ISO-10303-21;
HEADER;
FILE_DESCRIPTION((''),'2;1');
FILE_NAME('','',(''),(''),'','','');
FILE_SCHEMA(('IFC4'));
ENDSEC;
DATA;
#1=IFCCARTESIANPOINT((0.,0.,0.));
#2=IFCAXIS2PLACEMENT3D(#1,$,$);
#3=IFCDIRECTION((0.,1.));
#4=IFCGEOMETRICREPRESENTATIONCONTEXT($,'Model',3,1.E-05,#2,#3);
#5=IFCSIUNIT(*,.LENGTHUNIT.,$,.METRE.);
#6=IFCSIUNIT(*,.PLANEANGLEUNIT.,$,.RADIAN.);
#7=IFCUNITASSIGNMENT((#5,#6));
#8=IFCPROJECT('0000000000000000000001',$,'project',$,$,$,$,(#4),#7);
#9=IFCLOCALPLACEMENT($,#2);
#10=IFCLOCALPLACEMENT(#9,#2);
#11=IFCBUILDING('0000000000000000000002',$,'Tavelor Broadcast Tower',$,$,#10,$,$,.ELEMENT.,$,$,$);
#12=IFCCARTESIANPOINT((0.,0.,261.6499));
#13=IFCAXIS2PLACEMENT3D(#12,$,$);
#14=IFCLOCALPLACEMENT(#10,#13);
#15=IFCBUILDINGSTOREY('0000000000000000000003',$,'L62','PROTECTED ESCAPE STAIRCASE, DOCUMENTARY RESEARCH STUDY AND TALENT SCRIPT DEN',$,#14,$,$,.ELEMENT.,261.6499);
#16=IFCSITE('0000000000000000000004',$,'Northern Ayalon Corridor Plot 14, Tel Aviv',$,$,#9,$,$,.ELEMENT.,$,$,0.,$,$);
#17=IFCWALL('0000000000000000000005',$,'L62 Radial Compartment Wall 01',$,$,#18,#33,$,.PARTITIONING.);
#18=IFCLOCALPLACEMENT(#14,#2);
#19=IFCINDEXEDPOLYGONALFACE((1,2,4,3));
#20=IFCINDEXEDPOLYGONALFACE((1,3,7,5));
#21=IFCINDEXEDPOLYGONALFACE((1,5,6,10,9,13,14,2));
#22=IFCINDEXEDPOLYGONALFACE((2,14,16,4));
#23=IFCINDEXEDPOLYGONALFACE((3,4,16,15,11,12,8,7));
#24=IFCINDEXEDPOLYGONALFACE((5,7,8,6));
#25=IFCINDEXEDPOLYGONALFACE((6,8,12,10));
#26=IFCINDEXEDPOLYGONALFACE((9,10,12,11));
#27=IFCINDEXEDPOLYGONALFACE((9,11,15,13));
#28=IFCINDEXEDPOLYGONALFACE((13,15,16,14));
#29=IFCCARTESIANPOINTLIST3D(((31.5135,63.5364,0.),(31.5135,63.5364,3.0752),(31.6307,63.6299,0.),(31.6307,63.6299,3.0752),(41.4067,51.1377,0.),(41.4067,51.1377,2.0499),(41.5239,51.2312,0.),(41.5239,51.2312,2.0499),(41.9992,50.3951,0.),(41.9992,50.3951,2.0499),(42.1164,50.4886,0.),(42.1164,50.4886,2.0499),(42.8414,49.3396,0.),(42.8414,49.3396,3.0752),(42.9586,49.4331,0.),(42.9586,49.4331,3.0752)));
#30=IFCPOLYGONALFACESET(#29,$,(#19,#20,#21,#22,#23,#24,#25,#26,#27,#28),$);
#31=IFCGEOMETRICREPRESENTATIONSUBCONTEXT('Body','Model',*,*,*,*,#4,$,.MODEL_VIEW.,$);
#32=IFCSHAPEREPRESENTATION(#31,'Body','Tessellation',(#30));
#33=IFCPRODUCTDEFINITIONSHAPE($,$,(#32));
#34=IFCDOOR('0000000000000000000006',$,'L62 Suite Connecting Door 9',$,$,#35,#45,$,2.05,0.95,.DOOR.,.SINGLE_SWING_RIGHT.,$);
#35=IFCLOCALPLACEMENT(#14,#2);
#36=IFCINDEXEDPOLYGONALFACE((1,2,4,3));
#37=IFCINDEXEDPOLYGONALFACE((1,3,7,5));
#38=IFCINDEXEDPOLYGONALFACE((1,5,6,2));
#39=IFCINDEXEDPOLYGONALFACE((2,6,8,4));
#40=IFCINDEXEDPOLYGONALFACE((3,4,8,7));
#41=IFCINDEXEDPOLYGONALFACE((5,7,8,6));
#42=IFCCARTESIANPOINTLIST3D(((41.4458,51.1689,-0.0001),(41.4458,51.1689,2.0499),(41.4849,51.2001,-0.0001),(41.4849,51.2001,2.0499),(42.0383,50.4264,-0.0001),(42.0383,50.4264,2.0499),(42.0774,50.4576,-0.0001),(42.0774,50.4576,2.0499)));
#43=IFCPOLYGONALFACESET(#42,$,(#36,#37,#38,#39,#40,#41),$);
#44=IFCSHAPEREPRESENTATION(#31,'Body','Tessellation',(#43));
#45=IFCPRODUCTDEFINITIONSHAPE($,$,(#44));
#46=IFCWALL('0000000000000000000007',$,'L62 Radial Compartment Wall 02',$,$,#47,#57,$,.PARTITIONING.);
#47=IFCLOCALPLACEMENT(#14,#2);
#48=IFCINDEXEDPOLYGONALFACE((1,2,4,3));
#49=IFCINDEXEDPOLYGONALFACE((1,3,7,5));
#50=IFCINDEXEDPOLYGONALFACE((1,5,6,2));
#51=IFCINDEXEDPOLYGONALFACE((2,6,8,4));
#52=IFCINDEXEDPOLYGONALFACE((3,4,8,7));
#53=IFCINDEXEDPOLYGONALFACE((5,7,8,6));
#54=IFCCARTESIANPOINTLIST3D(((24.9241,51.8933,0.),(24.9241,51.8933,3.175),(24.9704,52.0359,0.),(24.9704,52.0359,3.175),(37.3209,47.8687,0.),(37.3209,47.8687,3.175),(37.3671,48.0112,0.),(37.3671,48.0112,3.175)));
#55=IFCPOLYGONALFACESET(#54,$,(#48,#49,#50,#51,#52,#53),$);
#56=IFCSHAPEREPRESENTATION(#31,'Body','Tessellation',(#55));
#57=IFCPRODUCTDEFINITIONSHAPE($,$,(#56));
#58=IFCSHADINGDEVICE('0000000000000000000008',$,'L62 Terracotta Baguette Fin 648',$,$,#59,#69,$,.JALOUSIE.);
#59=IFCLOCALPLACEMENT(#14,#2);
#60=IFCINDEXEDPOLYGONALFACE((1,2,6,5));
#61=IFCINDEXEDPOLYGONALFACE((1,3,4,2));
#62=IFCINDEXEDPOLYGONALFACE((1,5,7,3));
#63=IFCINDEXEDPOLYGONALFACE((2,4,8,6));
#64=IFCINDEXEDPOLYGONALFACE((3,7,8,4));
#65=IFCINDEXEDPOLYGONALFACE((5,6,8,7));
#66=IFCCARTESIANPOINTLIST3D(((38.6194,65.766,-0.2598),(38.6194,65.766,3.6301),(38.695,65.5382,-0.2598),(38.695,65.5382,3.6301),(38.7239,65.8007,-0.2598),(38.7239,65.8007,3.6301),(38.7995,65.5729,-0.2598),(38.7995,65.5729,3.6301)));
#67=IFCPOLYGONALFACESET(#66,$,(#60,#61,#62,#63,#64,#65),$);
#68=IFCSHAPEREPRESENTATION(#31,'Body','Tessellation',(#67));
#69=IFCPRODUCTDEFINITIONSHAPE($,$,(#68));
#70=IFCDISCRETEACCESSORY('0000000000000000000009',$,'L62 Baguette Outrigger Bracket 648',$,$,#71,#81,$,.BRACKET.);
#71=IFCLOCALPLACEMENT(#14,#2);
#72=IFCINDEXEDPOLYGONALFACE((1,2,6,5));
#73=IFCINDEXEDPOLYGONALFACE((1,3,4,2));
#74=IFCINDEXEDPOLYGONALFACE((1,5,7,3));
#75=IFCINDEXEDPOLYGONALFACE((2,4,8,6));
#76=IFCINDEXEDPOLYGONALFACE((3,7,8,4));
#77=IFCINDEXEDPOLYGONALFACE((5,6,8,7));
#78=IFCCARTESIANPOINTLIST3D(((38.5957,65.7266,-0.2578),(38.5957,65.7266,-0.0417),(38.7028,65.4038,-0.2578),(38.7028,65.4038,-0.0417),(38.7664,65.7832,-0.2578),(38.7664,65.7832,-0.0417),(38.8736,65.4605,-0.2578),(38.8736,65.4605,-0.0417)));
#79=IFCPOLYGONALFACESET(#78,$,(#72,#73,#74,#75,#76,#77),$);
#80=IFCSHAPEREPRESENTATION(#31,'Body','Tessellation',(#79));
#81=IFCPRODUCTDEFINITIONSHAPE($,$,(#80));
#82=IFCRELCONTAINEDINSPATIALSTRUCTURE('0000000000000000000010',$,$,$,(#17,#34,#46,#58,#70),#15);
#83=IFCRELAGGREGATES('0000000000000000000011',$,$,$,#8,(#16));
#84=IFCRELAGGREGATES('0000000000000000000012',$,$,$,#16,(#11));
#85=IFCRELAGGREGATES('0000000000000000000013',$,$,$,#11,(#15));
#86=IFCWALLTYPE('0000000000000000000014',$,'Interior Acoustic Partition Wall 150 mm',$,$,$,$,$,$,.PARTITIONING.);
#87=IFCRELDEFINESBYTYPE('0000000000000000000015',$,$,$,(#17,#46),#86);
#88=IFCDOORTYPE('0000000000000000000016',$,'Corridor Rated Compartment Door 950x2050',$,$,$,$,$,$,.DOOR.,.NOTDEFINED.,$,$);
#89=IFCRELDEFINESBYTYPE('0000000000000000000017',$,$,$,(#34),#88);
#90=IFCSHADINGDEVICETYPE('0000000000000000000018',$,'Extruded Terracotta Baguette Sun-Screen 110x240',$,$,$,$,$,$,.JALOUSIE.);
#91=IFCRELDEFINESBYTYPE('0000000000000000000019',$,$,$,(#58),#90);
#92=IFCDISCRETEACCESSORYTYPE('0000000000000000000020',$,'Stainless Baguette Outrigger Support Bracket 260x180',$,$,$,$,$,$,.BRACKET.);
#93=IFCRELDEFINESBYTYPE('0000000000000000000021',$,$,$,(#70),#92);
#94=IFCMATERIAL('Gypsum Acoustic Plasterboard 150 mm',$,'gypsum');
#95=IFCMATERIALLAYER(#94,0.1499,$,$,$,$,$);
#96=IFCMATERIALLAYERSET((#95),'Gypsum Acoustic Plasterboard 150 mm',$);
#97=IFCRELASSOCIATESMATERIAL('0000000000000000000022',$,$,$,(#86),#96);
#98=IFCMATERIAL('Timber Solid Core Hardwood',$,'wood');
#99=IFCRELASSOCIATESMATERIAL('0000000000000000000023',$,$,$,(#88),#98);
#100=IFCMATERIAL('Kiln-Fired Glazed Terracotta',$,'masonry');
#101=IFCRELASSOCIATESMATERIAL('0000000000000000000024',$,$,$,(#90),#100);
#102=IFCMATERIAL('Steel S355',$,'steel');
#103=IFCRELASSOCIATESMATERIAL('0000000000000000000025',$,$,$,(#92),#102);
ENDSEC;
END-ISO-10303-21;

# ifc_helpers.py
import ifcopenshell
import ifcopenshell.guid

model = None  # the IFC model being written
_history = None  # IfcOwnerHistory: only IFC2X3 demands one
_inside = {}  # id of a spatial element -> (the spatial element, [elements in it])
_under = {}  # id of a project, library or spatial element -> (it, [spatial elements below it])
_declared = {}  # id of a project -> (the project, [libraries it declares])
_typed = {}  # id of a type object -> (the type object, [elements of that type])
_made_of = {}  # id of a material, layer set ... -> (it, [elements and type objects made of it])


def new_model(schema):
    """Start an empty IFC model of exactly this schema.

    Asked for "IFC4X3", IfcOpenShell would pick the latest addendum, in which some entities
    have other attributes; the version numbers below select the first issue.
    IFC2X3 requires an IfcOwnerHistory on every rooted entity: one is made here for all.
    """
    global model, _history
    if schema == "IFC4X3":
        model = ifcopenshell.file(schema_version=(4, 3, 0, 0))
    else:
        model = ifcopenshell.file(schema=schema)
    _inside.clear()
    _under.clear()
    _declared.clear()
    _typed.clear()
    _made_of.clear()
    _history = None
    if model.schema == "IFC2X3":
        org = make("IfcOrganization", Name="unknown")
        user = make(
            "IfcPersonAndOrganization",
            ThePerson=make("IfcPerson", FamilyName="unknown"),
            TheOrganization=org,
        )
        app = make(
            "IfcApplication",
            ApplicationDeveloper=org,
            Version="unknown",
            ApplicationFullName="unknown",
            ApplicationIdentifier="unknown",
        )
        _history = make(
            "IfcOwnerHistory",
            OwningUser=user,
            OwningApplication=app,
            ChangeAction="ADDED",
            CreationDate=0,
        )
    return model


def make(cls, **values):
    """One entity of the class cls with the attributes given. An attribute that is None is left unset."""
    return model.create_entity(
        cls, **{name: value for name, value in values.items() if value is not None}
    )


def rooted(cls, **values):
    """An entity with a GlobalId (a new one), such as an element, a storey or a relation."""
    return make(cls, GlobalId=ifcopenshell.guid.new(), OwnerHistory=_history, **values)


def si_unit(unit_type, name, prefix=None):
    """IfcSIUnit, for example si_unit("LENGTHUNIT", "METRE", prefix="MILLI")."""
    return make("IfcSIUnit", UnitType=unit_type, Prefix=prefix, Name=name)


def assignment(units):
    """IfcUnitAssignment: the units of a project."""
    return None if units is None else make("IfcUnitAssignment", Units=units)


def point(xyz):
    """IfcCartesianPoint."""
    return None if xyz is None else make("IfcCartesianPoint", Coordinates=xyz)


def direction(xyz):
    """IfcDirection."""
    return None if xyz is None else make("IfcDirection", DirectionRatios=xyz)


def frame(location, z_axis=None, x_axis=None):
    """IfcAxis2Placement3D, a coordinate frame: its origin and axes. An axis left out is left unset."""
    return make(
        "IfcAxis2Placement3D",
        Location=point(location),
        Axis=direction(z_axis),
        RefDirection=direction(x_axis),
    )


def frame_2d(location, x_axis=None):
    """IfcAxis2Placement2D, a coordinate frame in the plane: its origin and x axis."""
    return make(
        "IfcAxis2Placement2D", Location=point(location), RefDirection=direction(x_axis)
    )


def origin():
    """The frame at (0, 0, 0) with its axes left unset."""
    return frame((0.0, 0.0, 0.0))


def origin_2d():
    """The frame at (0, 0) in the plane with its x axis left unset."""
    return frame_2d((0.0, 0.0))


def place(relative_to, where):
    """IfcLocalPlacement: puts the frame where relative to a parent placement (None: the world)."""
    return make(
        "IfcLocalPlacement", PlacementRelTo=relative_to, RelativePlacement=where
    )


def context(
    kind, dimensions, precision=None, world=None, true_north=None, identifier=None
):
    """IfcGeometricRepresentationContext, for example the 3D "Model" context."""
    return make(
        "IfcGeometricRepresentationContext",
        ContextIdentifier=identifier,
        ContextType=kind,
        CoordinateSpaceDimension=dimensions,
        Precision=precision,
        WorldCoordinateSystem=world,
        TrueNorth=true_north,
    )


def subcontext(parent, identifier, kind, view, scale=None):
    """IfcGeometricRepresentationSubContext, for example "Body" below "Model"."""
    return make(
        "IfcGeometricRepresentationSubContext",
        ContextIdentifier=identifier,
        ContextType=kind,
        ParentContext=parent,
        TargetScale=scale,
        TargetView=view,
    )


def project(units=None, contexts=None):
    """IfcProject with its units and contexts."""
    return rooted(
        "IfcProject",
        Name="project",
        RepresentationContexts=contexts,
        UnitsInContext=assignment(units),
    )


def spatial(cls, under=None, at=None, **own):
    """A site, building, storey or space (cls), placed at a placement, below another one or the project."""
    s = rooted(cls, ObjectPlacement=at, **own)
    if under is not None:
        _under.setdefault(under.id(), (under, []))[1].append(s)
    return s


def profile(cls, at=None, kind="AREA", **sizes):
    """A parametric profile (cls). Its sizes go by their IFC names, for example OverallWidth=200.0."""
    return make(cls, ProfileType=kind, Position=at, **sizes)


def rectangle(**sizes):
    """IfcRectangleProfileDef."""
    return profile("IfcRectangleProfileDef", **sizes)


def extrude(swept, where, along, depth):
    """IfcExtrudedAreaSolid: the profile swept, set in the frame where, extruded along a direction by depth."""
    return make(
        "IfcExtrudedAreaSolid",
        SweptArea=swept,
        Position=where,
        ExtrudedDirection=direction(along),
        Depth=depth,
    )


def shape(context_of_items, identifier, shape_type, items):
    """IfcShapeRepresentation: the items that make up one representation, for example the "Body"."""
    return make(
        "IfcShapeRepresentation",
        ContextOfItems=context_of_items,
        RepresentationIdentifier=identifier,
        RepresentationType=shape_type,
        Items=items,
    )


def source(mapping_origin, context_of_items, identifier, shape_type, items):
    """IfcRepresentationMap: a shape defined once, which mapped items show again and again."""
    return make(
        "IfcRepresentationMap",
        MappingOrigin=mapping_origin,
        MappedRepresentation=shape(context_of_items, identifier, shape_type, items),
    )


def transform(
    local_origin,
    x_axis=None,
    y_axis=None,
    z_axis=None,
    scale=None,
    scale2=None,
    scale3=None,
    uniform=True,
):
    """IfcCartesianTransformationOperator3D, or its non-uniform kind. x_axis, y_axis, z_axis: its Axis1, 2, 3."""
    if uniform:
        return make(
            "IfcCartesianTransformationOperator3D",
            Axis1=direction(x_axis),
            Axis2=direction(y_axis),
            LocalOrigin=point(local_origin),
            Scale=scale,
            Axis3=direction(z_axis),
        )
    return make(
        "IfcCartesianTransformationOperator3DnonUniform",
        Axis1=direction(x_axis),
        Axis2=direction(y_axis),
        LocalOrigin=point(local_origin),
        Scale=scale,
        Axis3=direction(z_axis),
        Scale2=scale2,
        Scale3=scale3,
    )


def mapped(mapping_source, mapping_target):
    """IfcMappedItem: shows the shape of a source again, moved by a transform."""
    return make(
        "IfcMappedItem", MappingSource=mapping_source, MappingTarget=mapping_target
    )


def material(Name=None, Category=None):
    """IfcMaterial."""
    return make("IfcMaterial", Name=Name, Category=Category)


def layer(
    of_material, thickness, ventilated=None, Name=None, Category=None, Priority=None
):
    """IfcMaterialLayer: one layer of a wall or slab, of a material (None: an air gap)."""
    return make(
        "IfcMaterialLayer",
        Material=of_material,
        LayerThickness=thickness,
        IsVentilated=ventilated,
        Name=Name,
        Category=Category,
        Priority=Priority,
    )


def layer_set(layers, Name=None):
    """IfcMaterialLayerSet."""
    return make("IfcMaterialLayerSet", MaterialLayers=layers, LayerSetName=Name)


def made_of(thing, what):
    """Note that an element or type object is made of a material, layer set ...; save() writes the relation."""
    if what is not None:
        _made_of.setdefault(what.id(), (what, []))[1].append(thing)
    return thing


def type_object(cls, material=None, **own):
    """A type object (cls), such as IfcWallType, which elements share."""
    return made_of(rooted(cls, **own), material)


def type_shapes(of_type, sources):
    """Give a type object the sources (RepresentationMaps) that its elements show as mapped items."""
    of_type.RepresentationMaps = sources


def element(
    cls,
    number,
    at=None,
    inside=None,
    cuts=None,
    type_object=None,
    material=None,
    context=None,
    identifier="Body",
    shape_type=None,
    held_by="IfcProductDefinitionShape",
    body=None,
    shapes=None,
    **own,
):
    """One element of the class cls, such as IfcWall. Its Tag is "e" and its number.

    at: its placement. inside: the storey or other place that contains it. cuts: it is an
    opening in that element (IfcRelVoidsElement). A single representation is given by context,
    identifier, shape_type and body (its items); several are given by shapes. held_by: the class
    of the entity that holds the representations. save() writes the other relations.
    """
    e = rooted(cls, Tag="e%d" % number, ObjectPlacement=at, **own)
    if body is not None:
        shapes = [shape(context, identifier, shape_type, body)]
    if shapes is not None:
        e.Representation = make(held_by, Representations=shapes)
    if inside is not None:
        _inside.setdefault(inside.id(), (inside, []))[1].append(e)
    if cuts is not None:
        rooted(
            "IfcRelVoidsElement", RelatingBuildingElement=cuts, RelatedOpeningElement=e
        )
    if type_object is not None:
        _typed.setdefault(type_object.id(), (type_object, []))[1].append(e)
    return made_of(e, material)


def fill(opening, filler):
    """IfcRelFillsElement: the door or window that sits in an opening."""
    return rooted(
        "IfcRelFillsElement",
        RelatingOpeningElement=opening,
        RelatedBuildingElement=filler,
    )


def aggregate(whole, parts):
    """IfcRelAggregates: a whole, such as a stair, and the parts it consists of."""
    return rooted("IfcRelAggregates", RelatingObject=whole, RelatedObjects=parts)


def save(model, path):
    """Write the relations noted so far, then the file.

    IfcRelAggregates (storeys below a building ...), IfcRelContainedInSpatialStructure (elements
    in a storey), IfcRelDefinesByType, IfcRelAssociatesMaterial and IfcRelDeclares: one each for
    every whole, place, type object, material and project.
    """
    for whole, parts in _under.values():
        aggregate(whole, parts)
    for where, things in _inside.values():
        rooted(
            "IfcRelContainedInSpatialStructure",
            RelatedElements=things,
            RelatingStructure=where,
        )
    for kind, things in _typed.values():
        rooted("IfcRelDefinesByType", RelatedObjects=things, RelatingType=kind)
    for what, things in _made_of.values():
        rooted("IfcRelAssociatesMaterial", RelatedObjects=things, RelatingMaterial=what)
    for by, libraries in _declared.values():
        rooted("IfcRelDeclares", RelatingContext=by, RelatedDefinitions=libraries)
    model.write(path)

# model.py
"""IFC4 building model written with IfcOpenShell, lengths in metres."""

from ifc_helpers import new_model, si_unit, direction, frame, frame_2d, origin, origin_2d, place, context, subcontext, project, spatial, rectangle, extrude, source, transform, mapped, material, layer, layer_set, type_object, type_shapes, element, fill, save


model = new_model("IFC4")

# Units and contexts
model_context = context("Model", 3, precision=1e-05, world=origin(), true_north=direction((0.0, 1.0)))
body_context = subcontext(model_context, "Body", "Model", "MODEL_VIEW")
ifc_project = project(units=[si_unit("LENGTHUNIT", "METRE"), si_unit("PLANEANGLEUNIT", "RADIAN")], contexts=[model_context])

# Site, building, storey
site_placement = place(None, origin())
site = spatial("IfcSite", under=ifc_project, at=site_placement, Name="Northern Ayalon Corridor Plot 14, Tel Aviv", CompositionType="ELEMENT", RefElevation=0.0)
building_placement = place(site_placement, origin())
building = spatial("IfcBuilding", under=site, at=building_placement, Name="Tavelor Broadcast Tower", CompositionType="ELEMENT")
storey_placement = place(building_placement, frame((0.0, 0.0, 261.6499)))
storey = spatial("IfcBuildingStorey", under=building, at=storey_placement, Name="L62", Description="PROTECTED ESCAPE STAIRCASE, DOCUMENTARY RESEARCH STUDY AND TALENT SCRIPT DEN", CompositionType="ELEMENT", Elevation=261.6499)

# Shared definitions
ifc_material_1 = material(Name="Steel S355", Category="steel")

# Wall, opening, door
ifc_material_2 = material(Name="Gypsum Acoustic Plasterboard 150 mm", Category="gypsum")
ifc_layer_1 = layer(ifc_material_2, 0.1499)
ifc_layer_set_1 = layer_set([ifc_layer_1], Name="Gypsum Acoustic Plasterboard 150 mm")
wall_type_1 = type_object("IfcWallType", Name="Interior Acoustic Partition Wall 150 mm", PredefinedType="PARTITIONING", material=ifc_layer_set_1)
wall_1_placement = place(storey_placement, frame((42.8999, 49.3865, 0.0), z_axis=(0.0, 0.0, 1.0), x_axis=(-0.623703, 0.781662, 0.0)))
wall_1 = element("IfcWall", 1, at=wall_1_placement, inside=storey, type_object=wall_type_1, Name="L62 Radial Compartment Wall 01", PredefinedType="PARTITIONING", context=body_context, shape_type="SweptSolid", body=[
    extrude(rectangle(XDim=18.1624, YDim=0.1499, at=frame_2d((9.0811, 0.0))), origin(), (0.0, 0.0, 1.0), 3.0752),
])
opening_1_placement = place(wall_1_placement, frame((1.3501, 0.0, 0.0)))
opening_1 = element("IfcOpeningElement", 2, at=opening_1_placement, cuts=wall_1, PredefinedType="OPENING", context=body_context, shape_type="SweptSolid", body=[
    extrude(rectangle(XDim=0.95, YDim=2.05, at=frame_2d((0.4751, 1.0249))), frame((0.0, 0.085, 0.0), z_axis=(0.0, -1.0, 0.0), x_axis=(1.0, 0.0, 0.0)), (0.0, 0.0, 1.0), 0.1699),
])
ifc_material_3 = material(Name="Timber Solid Core Hardwood", Category="wood")
door_type_1 = type_object("IfcDoorType", Name="Corridor Rated Compartment Door 950x2050", OperationType="NOTDEFINED", PredefinedType="DOOR", material=ifc_material_3)
door_1_placement = place(opening_1_placement, origin())
door_1 = element("IfcDoor", 3, at=door_1_placement, inside=storey, type_object=door_type_1, Name="L62 Suite Connecting Door 9", OperationType="SINGLE_SWING_RIGHT", OverallHeight=2.05, OverallWidth=0.95, PredefinedType="DOOR", context=body_context, shape_type="SweptSolid", body=[
    extrude(rectangle(XDim=0.95, YDim=2.05, at=frame_2d((0.4751, 1.0249))), frame((0.0, 0.0249, 0.0), z_axis=(0.0, -1.0, 0.0), x_axis=(1.0, 0.0, 0.0)), (0.0, 0.0, 1.0), 0.05),
])
fill(opening_1, door_1)

# Wall
wall_2_placement = place(storey_placement, frame((37.344, 47.9399, 0.0), z_axis=(0.0, 0.0, 1.0), x_axis=(-0.951131, 0.308789, 0.0)))
element("IfcWall", 4, at=wall_2_placement, inside=storey, type_object=wall_type_1, Name="L62 Radial Compartment Wall 02", PredefinedType="PARTITIONING", context=body_context, shape_type="SweptSolid", body=[
    extrude(rectangle(XDim=13.0337, YDim=0.1499, at=frame_2d((6.5168, 0.0))), origin(), (0.0, 0.0, 1.0), 3.175),
])

# Shading device
ifc_material_4 = material(Name="Kiln-Fired Glazed Terracotta", Category="masonry")
shading_device_type = type_object("IfcShadingDeviceType", Name="Extruded Terracotta Baguette Sun-Screen 110x240", PredefinedType="JALOUSIE", material=ifc_material_4)
shared_shape_1 = source(origin(), body_context, "Body", "SweptSolid", [
    extrude(rectangle(XDim=0.1101, YDim=0.24, at=origin_2d()), origin(), (0.0, 0.0, 1.0), 3.8899),
])
type_shapes(shading_device_type, [shared_shape_1])
shading_device_placement = place(storey_placement, frame((38.7095, 65.6694, -0.2598), z_axis=(0.0, 0.0, 1.0), x_axis=(-0.949096, -0.314987, 0.0)))
element("IfcShadingDevice", 5, at=shading_device_placement, inside=storey, type_object=shading_device_type, Name="L62 Terracotta Baguette Fin 648", PredefinedType="JALOUSIE", context=body_context, shape_type="MappedRepresentation", body=[
    mapped(shared_shape_1, transform((0.0, 0.0, 0.0), scale=1.0)),
])

# Discrete accessory
discrete_accessory_type = type_object("IfcDiscreteAccessoryType", Name="Stainless Baguette Outrigger Support Bracket 260x180", PredefinedType="BRACKET", material=ifc_material_1)
shared_shape_2 = source(origin(), body_context, "Body", "SweptSolid", [
    extrude(rectangle(XDim=0.1799, YDim=0.3401, at=origin_2d()), origin(), (0.0, 0.0, 1.0), 0.2161),
])
type_shapes(discrete_accessory_type, [shared_shape_2])
discrete_accessory_placement = place(storey_placement, frame((38.7346, 65.5935, -0.2578), z_axis=(0.0, 0.0, 1.0), x_axis=(-0.949096, -0.314987, 0.0)))
element("IfcDiscreteAccessory", 6, at=discrete_accessory_placement, inside=storey, type_object=discrete_accessory_type, Name="L62 Baguette Outrigger Bracket 648", PredefinedType="BRACKET", context=body_context, shape_type="MappedRepresentation", body=[
    mapped(shared_shape_2, transform((0.0, 0.0, 0.0), scale=1.0)),
])

save(model, "model.ifc")
